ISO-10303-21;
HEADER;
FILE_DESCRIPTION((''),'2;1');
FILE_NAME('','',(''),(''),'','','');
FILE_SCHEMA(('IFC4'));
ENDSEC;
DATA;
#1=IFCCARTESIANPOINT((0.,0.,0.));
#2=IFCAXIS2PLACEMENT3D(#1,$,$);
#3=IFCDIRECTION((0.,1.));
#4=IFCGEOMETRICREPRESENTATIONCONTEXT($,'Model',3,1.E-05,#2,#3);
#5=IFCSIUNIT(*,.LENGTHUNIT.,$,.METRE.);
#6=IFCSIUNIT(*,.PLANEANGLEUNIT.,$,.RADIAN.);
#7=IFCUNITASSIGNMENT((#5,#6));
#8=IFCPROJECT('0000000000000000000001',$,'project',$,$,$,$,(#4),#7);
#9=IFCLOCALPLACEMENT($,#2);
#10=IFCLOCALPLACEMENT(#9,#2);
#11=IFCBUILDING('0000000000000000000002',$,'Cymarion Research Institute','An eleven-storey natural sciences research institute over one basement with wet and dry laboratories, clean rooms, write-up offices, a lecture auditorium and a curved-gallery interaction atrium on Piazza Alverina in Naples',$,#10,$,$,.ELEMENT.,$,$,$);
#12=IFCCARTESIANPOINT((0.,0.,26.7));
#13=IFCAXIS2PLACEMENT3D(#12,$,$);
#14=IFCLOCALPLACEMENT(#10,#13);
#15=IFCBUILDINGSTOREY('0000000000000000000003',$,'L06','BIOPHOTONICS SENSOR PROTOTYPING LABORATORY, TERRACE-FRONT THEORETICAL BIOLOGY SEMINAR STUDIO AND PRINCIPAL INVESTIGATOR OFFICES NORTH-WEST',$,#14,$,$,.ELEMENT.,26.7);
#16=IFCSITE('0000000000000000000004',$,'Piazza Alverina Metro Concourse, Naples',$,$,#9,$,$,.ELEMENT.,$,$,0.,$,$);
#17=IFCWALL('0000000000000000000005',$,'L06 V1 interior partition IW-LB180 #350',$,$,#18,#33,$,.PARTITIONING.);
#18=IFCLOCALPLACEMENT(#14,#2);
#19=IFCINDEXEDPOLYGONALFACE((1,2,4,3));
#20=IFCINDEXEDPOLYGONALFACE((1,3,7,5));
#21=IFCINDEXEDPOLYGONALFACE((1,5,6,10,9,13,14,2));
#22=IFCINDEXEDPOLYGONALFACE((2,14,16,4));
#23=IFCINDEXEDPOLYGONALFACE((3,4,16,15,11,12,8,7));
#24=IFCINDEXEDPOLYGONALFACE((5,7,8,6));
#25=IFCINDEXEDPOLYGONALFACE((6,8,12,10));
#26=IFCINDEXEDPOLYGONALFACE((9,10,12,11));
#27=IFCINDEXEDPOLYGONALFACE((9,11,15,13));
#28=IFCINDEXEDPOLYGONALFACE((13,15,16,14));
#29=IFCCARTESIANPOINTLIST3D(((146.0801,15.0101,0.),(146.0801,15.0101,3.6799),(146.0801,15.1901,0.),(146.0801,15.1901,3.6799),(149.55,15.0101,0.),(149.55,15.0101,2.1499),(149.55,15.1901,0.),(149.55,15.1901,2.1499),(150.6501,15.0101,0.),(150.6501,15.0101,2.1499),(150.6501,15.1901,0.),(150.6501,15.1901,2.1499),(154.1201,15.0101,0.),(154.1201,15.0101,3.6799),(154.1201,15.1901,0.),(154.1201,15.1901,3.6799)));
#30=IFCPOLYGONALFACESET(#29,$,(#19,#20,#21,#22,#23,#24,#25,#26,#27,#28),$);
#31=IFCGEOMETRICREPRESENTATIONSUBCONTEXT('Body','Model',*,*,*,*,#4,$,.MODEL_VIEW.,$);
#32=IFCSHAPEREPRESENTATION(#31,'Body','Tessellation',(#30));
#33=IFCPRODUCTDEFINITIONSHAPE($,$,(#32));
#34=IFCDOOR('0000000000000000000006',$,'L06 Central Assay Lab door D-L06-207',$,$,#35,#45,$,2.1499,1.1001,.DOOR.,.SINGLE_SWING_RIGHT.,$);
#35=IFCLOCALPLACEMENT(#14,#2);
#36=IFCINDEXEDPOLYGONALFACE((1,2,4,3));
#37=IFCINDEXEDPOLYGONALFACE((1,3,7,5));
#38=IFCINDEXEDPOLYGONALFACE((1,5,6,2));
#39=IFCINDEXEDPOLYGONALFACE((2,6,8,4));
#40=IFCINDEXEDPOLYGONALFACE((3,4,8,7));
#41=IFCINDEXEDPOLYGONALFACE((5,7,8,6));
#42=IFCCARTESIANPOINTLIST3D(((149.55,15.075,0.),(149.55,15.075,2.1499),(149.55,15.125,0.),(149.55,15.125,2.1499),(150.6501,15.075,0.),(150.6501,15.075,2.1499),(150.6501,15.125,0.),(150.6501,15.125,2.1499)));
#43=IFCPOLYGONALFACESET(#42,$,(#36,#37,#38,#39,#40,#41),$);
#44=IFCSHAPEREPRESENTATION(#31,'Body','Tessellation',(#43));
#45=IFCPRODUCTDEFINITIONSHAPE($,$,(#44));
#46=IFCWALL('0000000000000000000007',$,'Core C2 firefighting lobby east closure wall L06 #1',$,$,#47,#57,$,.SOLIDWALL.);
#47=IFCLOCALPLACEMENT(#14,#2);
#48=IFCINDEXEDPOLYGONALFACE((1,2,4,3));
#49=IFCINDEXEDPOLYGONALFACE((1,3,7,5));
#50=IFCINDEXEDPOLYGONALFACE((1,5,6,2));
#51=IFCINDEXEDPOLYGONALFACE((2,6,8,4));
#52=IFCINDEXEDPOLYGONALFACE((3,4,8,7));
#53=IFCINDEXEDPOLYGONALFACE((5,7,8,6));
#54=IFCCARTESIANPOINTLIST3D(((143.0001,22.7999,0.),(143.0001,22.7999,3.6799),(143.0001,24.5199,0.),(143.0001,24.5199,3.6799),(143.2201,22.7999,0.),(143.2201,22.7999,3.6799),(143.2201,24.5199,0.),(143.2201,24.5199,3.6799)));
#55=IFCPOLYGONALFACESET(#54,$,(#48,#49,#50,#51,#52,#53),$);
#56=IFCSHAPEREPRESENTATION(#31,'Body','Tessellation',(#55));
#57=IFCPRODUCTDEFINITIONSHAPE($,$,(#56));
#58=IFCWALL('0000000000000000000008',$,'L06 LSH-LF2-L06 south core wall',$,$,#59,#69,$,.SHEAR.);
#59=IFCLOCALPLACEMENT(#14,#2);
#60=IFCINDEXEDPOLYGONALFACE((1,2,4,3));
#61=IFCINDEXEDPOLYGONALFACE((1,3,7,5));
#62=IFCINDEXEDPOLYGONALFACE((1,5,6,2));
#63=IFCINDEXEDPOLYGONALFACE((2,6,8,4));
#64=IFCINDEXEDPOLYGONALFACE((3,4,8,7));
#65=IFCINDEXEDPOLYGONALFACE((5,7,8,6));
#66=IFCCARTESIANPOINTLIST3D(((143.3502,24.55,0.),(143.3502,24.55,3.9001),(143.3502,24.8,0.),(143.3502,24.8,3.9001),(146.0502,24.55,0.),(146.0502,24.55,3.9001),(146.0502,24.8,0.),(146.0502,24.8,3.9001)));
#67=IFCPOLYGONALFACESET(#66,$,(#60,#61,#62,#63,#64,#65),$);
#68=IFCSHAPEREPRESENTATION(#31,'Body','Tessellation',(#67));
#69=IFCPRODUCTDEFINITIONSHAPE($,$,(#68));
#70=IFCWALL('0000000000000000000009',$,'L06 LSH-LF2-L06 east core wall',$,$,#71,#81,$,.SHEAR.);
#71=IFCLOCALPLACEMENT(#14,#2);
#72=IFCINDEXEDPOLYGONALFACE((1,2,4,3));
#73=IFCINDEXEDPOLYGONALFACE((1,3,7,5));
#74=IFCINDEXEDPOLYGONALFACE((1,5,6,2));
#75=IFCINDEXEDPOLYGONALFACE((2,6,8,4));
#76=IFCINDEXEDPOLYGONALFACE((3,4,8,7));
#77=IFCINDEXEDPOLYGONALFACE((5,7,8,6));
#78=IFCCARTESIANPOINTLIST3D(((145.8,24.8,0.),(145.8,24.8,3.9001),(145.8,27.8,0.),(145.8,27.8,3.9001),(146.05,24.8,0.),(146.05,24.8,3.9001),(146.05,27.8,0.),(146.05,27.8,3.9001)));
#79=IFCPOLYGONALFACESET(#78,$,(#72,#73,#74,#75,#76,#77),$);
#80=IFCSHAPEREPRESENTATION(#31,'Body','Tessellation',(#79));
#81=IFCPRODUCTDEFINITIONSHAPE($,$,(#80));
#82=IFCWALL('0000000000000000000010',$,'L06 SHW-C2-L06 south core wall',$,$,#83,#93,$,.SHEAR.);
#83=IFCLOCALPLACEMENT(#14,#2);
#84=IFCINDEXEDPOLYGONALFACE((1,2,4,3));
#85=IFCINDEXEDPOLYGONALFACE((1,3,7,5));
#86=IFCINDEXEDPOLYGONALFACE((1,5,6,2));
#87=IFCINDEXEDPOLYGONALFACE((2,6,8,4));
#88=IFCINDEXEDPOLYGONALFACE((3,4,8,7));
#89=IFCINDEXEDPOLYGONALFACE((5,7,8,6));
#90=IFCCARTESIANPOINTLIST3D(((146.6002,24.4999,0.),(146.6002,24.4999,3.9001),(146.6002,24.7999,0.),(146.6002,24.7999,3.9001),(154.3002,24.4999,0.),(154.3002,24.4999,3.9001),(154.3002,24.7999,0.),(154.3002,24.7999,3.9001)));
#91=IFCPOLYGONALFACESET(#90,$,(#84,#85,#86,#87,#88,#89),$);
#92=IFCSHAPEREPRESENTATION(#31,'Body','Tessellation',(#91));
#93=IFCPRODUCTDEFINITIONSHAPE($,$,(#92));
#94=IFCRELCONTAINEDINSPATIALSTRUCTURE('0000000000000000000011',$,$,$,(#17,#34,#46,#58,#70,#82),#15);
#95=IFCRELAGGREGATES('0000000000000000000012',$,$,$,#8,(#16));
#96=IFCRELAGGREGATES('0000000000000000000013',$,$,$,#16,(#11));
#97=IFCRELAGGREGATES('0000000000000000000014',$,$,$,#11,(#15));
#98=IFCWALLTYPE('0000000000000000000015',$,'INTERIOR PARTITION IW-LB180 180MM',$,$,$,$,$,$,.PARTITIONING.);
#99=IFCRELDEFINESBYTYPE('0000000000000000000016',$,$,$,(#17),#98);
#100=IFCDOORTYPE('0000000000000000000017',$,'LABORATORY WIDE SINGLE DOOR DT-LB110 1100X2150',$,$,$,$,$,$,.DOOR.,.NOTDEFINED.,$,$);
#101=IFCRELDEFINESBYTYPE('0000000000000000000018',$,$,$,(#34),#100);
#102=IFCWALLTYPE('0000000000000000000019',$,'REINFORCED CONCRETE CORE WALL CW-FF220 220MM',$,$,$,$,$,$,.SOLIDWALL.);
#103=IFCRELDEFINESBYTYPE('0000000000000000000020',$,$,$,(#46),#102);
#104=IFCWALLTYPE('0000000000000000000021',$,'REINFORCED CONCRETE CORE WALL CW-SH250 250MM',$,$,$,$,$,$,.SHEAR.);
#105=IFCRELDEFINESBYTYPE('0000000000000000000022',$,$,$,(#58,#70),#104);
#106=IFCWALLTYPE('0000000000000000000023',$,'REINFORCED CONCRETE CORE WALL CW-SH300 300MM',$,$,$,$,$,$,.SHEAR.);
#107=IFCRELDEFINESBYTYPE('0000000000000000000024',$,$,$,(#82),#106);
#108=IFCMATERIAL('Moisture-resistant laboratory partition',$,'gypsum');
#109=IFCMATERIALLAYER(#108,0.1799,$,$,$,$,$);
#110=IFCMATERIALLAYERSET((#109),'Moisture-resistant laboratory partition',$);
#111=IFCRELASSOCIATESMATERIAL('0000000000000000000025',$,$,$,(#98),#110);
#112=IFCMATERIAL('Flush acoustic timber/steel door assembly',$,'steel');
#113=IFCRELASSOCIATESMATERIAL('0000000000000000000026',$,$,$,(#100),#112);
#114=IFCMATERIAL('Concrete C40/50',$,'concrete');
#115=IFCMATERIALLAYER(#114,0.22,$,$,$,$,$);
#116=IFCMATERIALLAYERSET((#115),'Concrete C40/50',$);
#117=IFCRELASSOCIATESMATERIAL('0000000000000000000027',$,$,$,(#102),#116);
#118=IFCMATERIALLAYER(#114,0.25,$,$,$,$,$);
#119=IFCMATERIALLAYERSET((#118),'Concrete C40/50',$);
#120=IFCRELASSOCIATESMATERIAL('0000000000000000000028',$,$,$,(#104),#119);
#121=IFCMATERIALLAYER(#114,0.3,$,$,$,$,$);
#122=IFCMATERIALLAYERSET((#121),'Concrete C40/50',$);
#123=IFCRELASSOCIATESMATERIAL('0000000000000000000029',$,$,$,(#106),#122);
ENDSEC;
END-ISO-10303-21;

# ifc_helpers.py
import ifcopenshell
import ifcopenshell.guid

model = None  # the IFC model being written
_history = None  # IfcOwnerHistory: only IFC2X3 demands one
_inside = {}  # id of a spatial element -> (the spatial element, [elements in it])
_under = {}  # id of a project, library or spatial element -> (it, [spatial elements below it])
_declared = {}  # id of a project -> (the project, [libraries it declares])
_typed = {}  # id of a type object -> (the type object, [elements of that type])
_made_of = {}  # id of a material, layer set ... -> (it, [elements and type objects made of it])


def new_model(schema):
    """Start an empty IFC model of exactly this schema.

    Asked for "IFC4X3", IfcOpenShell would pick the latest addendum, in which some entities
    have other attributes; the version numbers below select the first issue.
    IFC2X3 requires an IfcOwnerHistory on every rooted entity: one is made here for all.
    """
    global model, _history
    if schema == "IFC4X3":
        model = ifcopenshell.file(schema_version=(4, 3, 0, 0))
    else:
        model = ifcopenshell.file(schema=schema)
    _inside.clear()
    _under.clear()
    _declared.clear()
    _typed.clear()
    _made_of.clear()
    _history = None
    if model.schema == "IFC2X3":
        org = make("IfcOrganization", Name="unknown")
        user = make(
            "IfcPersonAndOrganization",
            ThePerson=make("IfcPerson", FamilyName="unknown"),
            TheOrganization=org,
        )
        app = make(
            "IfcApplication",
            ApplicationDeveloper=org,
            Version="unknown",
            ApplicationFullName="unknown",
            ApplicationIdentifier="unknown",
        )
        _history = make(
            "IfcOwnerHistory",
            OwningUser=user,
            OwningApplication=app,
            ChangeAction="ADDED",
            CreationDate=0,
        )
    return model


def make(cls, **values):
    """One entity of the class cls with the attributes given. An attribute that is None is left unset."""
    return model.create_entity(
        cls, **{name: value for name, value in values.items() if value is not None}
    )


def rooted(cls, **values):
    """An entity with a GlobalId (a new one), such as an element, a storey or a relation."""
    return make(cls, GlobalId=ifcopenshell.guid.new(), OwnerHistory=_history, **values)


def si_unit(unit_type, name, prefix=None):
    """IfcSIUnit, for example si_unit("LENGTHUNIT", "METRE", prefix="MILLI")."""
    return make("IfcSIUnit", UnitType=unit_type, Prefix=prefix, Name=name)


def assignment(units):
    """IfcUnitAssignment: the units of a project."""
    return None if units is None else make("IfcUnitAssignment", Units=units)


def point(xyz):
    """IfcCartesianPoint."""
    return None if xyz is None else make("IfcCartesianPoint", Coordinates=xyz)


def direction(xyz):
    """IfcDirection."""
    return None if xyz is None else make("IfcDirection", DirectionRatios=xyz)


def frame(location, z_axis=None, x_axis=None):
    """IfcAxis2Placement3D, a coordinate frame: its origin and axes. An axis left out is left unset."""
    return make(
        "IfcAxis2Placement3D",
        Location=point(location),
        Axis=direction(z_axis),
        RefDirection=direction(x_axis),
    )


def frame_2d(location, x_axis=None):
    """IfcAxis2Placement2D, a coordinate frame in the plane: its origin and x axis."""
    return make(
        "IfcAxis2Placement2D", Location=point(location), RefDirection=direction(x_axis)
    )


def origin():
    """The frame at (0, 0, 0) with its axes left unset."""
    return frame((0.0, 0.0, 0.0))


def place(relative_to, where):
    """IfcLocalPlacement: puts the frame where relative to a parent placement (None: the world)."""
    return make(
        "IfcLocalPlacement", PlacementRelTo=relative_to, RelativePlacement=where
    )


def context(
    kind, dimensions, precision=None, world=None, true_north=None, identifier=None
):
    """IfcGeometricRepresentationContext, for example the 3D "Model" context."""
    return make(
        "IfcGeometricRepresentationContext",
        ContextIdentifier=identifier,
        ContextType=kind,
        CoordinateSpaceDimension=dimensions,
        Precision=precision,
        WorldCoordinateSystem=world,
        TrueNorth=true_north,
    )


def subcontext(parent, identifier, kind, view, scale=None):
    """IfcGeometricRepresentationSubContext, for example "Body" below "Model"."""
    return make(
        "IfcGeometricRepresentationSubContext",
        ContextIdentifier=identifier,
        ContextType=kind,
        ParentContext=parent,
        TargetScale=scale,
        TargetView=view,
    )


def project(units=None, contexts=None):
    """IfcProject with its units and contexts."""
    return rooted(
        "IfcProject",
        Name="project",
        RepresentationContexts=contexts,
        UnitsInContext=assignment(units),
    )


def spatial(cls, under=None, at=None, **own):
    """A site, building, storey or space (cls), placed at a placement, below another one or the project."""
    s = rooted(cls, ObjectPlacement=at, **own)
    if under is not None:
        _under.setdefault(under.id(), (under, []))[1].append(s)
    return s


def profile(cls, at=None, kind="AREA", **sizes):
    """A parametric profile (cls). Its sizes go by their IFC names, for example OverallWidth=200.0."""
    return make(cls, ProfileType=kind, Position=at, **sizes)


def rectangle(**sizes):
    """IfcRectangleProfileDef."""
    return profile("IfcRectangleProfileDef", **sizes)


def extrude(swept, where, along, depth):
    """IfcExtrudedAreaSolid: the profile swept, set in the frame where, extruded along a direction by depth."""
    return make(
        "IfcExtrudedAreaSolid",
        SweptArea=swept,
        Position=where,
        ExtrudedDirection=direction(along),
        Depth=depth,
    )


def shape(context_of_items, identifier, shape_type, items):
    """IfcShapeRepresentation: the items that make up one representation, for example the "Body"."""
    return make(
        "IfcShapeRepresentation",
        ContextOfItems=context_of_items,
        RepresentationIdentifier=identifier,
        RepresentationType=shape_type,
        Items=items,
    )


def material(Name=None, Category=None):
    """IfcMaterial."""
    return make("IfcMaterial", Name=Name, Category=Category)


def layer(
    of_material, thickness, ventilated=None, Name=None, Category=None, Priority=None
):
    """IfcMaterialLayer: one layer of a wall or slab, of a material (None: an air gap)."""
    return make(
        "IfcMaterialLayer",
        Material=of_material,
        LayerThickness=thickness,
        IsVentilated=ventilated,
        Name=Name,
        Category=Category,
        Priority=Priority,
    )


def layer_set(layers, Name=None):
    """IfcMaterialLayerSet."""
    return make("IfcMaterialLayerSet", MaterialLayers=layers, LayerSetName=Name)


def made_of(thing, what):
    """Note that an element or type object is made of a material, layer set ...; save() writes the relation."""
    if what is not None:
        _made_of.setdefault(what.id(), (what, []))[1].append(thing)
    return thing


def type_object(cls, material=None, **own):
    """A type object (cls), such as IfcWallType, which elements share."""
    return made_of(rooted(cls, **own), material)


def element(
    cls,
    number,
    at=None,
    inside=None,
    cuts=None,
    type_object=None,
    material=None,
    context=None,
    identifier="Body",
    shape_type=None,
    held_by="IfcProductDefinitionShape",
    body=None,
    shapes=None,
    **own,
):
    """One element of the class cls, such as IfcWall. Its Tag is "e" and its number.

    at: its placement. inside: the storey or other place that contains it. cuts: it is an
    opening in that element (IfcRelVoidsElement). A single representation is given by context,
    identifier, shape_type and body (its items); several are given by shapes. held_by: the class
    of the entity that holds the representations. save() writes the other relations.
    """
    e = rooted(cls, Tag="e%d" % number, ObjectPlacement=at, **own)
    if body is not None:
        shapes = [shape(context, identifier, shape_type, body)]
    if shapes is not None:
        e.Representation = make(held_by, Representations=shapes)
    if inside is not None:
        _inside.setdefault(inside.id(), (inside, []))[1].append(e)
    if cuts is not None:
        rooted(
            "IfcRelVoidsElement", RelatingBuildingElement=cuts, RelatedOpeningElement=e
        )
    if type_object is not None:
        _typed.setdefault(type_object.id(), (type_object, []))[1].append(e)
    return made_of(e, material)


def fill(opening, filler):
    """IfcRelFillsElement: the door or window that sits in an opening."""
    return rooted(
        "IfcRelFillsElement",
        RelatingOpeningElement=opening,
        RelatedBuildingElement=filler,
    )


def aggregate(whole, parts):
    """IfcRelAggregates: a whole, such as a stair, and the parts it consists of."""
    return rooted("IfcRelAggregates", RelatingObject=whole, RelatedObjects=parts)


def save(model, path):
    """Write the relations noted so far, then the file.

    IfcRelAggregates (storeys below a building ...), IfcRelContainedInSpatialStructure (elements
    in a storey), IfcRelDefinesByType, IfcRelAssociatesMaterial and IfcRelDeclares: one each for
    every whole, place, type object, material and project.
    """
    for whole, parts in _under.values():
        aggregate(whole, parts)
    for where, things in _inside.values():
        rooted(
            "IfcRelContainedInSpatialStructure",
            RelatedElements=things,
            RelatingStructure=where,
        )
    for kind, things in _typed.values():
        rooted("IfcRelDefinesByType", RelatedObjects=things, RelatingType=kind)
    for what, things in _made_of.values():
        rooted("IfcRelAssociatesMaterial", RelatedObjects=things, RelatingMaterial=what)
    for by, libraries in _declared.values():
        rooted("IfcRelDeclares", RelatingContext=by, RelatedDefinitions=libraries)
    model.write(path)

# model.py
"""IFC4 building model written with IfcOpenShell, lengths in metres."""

from ifc_helpers import new_model, si_unit, direction, frame, frame_2d, origin, place, context, subcontext, project, spatial, rectangle, extrude, material, layer, layer_set, type_object, element, fill, save


model = new_model("IFC4")

# Units and contexts
model_context = context("Model", 3, precision=1e-05, world=origin(), true_north=direction((0.0, 1.0)))
body_context = subcontext(model_context, "Body", "Model", "MODEL_VIEW")
ifc_project = project(units=[si_unit("LENGTHUNIT", "METRE"), si_unit("PLANEANGLEUNIT", "RADIAN")], contexts=[model_context])

# Site, building, storey
site_placement = place(None, origin())
site = spatial("IfcSite", under=ifc_project, at=site_placement, Name="Piazza Alverina Metro Concourse, Naples", CompositionType="ELEMENT", RefElevation=0.0)
building_placement = place(site_placement, origin())
building = spatial("IfcBuilding", under=site, at=building_placement, Name="Cymarion Research Institute", Description="An eleven-storey natural sciences research institute over one basement with wet and dry laboratories, clean rooms, write-up offices, a lecture auditorium and a curved-gallery interaction atrium on Piazza Alverina in Naples", CompositionType="ELEMENT")
storey_placement = place(building_placement, frame((0.0, 0.0, 26.7)))
storey = spatial("IfcBuildingStorey", under=building, at=storey_placement, Name="L06", Description="BIOPHOTONICS SENSOR PROTOTYPING LABORATORY, TERRACE-FRONT THEORETICAL BIOLOGY SEMINAR STUDIO AND PRINCIPAL INVESTIGATOR OFFICES NORTH-WEST", CompositionType="ELEMENT", Elevation=26.7)

# Shared definitions
ifc_material_1 = material(Name="Concrete C40/50", Category="concrete")

# Shared definitions
ifc_material_2 = material(Name="Moisture-resistant laboratory partition", Category="gypsum")
ifc_layer_1 = layer(ifc_material_2, 0.1799)
ifc_layer_set_1 = layer_set([ifc_layer_1], Name="Moisture-resistant laboratory partition")
wall_type_1 = type_object("IfcWallType", Name="INTERIOR PARTITION IW-LB180 180MM", PredefinedType="PARTITIONING", material=ifc_layer_set_1)

# Wall, opening, door
wall_1_placement = place(storey_placement, frame((146.0801, 15.1001, 0.0), z_axis=(0.0, 0.0, 1.0), x_axis=(1.0, 0.0, 0.0)))
wall_1 = element("IfcWall", 1, at=wall_1_placement, inside=storey, type_object=wall_type_1, Name="L06 V1 interior partition IW-LB180 #350", PredefinedType="PARTITIONING", context=body_context, shape_type="SweptSolid", body=[
    extrude(rectangle(XDim=8.04, YDim=0.1799, at=frame_2d((4.02, 0.0))), origin(), (0.0, 0.0, 1.0), 3.6799),
])
opening_1_placement = place(wall_1_placement, frame((3.47, 0.0, 0.0)))
opening_1 = element("IfcOpeningElement", 2, at=opening_1_placement, cuts=wall_1, PredefinedType="OPENING", context=body_context, shape_type="SweptSolid", body=[
    extrude(rectangle(XDim=1.1001, YDim=2.1499, at=frame_2d((0.55, 1.075))), frame((0.0, 0.0999, 0.0), z_axis=(0.0, -1.0, 0.0), x_axis=(1.0, 0.0, 0.0)), (0.0, 0.0, 1.0), 0.2),
])
ifc_material_3 = material(Name="Flush acoustic timber/steel door assembly", Category="steel")
door_type_1 = type_object("IfcDoorType", Name="LABORATORY WIDE SINGLE DOOR DT-LB110 1100X2150", OperationType="NOTDEFINED", PredefinedType="DOOR", material=ifc_material_3)
door_1_placement = place(opening_1_placement, origin())
door_1 = element("IfcDoor", 3, at=door_1_placement, inside=storey, type_object=door_type_1, Name="L06 Central Assay Lab door D-L06-207", OperationType="SINGLE_SWING_RIGHT", OverallHeight=2.1499, OverallWidth=1.1001, PredefinedType="DOOR", context=body_context, shape_type="SweptSolid", body=[
    extrude(rectangle(XDim=1.1001, YDim=2.1499, at=frame_2d((0.55, 1.075))), frame((0.0, 0.0249, 0.0), z_axis=(0.0, -1.0, 0.0), x_axis=(1.0, 0.0, 0.0)), (0.0, 0.0, 1.0), 0.05),
])
fill(opening_1, door_1)

# Walls
ifc_layer_2 = layer(ifc_material_1, 0.22)
ifc_layer_set_2 = layer_set([ifc_layer_2], Name="Concrete C40/50")
wall_type_2 = type_object("IfcWallType", Name="REINFORCED CONCRETE CORE WALL CW-FF220 220MM", PredefinedType="SOLIDWALL", material=ifc_layer_set_2)
wall_2_placement = place(storey_placement, frame((143.1101, 22.8, 0.0), z_axis=(0.0, 0.0, 1.0), x_axis=(0.0, 1.0, 0.0)))
element("IfcWall", 4, at=wall_2_placement, inside=storey, type_object=wall_type_2, Name="Core C2 firefighting lobby east closure wall L06 #1", PredefinedType="SOLIDWALL", context=body_context, shape_type="SweptSolid", body=[
    extrude(rectangle(XDim=1.72, YDim=0.22, at=frame_2d((0.8599, 0.0))), origin(), (0.0, 0.0, 1.0), 3.6799),
])
ifc_layer_3 = layer(ifc_material_1, 0.25)
ifc_layer_set_3 = layer_set([ifc_layer_3], Name="Concrete C40/50")
wall_type_3 = type_object("IfcWallType", Name="REINFORCED CONCRETE CORE WALL CW-SH250 250MM", PredefinedType="SHEAR", material=ifc_layer_set_3)
wall_3_placement = place(storey_placement, frame((143.3501, 24.675, 0.0), z_axis=(0.0, 0.0, 1.0), x_axis=(1.0, 0.0, 0.0)))
element("IfcWall", 5, at=wall_3_placement, inside=storey, type_object=wall_type_3, Name="L06 LSH-LF2-L06 south core wall", PredefinedType="SHEAR", context=body_context, shape_type="SweptSolid", body=[
    extrude(rectangle(XDim=2.7, YDim=0.25, at=frame_2d((1.3501, 0.0))), origin(), (0.0, 0.0, 1.0), 3.9001),
])
wall_4_placement = place(storey_placement, frame((145.925, 24.8, 0.0), z_axis=(0.0, 0.0, 1.0), x_axis=(0.0, 1.0, 0.0)))
element("IfcWall", 6, at=wall_4_placement, inside=storey, type_object=wall_type_3, Name="L06 LSH-LF2-L06 east core wall", PredefinedType="SHEAR", context=body_context, shape_type="SweptSolid", body=[
    extrude(rectangle(XDim=3.0, YDim=0.25, at=frame_2d((1.5, 0.0))), origin(), (0.0, 0.0, 1.0), 3.9001),
])
ifc_layer_4 = layer(ifc_material_1, 0.3)
ifc_layer_set_4 = layer_set([ifc_layer_4], Name="Concrete C40/50")
wall_type_4 = type_object("IfcWallType", Name="REINFORCED CONCRETE CORE WALL CW-SH300 300MM", PredefinedType="SHEAR", material=ifc_layer_set_4)
wall_5_placement = place(storey_placement, frame((146.6001, 24.6499, 0.0), z_axis=(0.0, 0.0, 1.0), x_axis=(1.0, 0.0, 0.0)))
element("IfcWall", 7, at=wall_5_placement, inside=storey, type_object=wall_type_4, Name="L06 SHW-C2-L06 south core wall", PredefinedType="SHEAR", context=body_context, shape_type="SweptSolid", body=[
    extrude(rectangle(XDim=7.7, YDim=0.3, at=frame_2d((3.8501, 0.0))), origin(), (0.0, 0.0, 1.0), 3.9001),
])

save(model, "model.ifc")
